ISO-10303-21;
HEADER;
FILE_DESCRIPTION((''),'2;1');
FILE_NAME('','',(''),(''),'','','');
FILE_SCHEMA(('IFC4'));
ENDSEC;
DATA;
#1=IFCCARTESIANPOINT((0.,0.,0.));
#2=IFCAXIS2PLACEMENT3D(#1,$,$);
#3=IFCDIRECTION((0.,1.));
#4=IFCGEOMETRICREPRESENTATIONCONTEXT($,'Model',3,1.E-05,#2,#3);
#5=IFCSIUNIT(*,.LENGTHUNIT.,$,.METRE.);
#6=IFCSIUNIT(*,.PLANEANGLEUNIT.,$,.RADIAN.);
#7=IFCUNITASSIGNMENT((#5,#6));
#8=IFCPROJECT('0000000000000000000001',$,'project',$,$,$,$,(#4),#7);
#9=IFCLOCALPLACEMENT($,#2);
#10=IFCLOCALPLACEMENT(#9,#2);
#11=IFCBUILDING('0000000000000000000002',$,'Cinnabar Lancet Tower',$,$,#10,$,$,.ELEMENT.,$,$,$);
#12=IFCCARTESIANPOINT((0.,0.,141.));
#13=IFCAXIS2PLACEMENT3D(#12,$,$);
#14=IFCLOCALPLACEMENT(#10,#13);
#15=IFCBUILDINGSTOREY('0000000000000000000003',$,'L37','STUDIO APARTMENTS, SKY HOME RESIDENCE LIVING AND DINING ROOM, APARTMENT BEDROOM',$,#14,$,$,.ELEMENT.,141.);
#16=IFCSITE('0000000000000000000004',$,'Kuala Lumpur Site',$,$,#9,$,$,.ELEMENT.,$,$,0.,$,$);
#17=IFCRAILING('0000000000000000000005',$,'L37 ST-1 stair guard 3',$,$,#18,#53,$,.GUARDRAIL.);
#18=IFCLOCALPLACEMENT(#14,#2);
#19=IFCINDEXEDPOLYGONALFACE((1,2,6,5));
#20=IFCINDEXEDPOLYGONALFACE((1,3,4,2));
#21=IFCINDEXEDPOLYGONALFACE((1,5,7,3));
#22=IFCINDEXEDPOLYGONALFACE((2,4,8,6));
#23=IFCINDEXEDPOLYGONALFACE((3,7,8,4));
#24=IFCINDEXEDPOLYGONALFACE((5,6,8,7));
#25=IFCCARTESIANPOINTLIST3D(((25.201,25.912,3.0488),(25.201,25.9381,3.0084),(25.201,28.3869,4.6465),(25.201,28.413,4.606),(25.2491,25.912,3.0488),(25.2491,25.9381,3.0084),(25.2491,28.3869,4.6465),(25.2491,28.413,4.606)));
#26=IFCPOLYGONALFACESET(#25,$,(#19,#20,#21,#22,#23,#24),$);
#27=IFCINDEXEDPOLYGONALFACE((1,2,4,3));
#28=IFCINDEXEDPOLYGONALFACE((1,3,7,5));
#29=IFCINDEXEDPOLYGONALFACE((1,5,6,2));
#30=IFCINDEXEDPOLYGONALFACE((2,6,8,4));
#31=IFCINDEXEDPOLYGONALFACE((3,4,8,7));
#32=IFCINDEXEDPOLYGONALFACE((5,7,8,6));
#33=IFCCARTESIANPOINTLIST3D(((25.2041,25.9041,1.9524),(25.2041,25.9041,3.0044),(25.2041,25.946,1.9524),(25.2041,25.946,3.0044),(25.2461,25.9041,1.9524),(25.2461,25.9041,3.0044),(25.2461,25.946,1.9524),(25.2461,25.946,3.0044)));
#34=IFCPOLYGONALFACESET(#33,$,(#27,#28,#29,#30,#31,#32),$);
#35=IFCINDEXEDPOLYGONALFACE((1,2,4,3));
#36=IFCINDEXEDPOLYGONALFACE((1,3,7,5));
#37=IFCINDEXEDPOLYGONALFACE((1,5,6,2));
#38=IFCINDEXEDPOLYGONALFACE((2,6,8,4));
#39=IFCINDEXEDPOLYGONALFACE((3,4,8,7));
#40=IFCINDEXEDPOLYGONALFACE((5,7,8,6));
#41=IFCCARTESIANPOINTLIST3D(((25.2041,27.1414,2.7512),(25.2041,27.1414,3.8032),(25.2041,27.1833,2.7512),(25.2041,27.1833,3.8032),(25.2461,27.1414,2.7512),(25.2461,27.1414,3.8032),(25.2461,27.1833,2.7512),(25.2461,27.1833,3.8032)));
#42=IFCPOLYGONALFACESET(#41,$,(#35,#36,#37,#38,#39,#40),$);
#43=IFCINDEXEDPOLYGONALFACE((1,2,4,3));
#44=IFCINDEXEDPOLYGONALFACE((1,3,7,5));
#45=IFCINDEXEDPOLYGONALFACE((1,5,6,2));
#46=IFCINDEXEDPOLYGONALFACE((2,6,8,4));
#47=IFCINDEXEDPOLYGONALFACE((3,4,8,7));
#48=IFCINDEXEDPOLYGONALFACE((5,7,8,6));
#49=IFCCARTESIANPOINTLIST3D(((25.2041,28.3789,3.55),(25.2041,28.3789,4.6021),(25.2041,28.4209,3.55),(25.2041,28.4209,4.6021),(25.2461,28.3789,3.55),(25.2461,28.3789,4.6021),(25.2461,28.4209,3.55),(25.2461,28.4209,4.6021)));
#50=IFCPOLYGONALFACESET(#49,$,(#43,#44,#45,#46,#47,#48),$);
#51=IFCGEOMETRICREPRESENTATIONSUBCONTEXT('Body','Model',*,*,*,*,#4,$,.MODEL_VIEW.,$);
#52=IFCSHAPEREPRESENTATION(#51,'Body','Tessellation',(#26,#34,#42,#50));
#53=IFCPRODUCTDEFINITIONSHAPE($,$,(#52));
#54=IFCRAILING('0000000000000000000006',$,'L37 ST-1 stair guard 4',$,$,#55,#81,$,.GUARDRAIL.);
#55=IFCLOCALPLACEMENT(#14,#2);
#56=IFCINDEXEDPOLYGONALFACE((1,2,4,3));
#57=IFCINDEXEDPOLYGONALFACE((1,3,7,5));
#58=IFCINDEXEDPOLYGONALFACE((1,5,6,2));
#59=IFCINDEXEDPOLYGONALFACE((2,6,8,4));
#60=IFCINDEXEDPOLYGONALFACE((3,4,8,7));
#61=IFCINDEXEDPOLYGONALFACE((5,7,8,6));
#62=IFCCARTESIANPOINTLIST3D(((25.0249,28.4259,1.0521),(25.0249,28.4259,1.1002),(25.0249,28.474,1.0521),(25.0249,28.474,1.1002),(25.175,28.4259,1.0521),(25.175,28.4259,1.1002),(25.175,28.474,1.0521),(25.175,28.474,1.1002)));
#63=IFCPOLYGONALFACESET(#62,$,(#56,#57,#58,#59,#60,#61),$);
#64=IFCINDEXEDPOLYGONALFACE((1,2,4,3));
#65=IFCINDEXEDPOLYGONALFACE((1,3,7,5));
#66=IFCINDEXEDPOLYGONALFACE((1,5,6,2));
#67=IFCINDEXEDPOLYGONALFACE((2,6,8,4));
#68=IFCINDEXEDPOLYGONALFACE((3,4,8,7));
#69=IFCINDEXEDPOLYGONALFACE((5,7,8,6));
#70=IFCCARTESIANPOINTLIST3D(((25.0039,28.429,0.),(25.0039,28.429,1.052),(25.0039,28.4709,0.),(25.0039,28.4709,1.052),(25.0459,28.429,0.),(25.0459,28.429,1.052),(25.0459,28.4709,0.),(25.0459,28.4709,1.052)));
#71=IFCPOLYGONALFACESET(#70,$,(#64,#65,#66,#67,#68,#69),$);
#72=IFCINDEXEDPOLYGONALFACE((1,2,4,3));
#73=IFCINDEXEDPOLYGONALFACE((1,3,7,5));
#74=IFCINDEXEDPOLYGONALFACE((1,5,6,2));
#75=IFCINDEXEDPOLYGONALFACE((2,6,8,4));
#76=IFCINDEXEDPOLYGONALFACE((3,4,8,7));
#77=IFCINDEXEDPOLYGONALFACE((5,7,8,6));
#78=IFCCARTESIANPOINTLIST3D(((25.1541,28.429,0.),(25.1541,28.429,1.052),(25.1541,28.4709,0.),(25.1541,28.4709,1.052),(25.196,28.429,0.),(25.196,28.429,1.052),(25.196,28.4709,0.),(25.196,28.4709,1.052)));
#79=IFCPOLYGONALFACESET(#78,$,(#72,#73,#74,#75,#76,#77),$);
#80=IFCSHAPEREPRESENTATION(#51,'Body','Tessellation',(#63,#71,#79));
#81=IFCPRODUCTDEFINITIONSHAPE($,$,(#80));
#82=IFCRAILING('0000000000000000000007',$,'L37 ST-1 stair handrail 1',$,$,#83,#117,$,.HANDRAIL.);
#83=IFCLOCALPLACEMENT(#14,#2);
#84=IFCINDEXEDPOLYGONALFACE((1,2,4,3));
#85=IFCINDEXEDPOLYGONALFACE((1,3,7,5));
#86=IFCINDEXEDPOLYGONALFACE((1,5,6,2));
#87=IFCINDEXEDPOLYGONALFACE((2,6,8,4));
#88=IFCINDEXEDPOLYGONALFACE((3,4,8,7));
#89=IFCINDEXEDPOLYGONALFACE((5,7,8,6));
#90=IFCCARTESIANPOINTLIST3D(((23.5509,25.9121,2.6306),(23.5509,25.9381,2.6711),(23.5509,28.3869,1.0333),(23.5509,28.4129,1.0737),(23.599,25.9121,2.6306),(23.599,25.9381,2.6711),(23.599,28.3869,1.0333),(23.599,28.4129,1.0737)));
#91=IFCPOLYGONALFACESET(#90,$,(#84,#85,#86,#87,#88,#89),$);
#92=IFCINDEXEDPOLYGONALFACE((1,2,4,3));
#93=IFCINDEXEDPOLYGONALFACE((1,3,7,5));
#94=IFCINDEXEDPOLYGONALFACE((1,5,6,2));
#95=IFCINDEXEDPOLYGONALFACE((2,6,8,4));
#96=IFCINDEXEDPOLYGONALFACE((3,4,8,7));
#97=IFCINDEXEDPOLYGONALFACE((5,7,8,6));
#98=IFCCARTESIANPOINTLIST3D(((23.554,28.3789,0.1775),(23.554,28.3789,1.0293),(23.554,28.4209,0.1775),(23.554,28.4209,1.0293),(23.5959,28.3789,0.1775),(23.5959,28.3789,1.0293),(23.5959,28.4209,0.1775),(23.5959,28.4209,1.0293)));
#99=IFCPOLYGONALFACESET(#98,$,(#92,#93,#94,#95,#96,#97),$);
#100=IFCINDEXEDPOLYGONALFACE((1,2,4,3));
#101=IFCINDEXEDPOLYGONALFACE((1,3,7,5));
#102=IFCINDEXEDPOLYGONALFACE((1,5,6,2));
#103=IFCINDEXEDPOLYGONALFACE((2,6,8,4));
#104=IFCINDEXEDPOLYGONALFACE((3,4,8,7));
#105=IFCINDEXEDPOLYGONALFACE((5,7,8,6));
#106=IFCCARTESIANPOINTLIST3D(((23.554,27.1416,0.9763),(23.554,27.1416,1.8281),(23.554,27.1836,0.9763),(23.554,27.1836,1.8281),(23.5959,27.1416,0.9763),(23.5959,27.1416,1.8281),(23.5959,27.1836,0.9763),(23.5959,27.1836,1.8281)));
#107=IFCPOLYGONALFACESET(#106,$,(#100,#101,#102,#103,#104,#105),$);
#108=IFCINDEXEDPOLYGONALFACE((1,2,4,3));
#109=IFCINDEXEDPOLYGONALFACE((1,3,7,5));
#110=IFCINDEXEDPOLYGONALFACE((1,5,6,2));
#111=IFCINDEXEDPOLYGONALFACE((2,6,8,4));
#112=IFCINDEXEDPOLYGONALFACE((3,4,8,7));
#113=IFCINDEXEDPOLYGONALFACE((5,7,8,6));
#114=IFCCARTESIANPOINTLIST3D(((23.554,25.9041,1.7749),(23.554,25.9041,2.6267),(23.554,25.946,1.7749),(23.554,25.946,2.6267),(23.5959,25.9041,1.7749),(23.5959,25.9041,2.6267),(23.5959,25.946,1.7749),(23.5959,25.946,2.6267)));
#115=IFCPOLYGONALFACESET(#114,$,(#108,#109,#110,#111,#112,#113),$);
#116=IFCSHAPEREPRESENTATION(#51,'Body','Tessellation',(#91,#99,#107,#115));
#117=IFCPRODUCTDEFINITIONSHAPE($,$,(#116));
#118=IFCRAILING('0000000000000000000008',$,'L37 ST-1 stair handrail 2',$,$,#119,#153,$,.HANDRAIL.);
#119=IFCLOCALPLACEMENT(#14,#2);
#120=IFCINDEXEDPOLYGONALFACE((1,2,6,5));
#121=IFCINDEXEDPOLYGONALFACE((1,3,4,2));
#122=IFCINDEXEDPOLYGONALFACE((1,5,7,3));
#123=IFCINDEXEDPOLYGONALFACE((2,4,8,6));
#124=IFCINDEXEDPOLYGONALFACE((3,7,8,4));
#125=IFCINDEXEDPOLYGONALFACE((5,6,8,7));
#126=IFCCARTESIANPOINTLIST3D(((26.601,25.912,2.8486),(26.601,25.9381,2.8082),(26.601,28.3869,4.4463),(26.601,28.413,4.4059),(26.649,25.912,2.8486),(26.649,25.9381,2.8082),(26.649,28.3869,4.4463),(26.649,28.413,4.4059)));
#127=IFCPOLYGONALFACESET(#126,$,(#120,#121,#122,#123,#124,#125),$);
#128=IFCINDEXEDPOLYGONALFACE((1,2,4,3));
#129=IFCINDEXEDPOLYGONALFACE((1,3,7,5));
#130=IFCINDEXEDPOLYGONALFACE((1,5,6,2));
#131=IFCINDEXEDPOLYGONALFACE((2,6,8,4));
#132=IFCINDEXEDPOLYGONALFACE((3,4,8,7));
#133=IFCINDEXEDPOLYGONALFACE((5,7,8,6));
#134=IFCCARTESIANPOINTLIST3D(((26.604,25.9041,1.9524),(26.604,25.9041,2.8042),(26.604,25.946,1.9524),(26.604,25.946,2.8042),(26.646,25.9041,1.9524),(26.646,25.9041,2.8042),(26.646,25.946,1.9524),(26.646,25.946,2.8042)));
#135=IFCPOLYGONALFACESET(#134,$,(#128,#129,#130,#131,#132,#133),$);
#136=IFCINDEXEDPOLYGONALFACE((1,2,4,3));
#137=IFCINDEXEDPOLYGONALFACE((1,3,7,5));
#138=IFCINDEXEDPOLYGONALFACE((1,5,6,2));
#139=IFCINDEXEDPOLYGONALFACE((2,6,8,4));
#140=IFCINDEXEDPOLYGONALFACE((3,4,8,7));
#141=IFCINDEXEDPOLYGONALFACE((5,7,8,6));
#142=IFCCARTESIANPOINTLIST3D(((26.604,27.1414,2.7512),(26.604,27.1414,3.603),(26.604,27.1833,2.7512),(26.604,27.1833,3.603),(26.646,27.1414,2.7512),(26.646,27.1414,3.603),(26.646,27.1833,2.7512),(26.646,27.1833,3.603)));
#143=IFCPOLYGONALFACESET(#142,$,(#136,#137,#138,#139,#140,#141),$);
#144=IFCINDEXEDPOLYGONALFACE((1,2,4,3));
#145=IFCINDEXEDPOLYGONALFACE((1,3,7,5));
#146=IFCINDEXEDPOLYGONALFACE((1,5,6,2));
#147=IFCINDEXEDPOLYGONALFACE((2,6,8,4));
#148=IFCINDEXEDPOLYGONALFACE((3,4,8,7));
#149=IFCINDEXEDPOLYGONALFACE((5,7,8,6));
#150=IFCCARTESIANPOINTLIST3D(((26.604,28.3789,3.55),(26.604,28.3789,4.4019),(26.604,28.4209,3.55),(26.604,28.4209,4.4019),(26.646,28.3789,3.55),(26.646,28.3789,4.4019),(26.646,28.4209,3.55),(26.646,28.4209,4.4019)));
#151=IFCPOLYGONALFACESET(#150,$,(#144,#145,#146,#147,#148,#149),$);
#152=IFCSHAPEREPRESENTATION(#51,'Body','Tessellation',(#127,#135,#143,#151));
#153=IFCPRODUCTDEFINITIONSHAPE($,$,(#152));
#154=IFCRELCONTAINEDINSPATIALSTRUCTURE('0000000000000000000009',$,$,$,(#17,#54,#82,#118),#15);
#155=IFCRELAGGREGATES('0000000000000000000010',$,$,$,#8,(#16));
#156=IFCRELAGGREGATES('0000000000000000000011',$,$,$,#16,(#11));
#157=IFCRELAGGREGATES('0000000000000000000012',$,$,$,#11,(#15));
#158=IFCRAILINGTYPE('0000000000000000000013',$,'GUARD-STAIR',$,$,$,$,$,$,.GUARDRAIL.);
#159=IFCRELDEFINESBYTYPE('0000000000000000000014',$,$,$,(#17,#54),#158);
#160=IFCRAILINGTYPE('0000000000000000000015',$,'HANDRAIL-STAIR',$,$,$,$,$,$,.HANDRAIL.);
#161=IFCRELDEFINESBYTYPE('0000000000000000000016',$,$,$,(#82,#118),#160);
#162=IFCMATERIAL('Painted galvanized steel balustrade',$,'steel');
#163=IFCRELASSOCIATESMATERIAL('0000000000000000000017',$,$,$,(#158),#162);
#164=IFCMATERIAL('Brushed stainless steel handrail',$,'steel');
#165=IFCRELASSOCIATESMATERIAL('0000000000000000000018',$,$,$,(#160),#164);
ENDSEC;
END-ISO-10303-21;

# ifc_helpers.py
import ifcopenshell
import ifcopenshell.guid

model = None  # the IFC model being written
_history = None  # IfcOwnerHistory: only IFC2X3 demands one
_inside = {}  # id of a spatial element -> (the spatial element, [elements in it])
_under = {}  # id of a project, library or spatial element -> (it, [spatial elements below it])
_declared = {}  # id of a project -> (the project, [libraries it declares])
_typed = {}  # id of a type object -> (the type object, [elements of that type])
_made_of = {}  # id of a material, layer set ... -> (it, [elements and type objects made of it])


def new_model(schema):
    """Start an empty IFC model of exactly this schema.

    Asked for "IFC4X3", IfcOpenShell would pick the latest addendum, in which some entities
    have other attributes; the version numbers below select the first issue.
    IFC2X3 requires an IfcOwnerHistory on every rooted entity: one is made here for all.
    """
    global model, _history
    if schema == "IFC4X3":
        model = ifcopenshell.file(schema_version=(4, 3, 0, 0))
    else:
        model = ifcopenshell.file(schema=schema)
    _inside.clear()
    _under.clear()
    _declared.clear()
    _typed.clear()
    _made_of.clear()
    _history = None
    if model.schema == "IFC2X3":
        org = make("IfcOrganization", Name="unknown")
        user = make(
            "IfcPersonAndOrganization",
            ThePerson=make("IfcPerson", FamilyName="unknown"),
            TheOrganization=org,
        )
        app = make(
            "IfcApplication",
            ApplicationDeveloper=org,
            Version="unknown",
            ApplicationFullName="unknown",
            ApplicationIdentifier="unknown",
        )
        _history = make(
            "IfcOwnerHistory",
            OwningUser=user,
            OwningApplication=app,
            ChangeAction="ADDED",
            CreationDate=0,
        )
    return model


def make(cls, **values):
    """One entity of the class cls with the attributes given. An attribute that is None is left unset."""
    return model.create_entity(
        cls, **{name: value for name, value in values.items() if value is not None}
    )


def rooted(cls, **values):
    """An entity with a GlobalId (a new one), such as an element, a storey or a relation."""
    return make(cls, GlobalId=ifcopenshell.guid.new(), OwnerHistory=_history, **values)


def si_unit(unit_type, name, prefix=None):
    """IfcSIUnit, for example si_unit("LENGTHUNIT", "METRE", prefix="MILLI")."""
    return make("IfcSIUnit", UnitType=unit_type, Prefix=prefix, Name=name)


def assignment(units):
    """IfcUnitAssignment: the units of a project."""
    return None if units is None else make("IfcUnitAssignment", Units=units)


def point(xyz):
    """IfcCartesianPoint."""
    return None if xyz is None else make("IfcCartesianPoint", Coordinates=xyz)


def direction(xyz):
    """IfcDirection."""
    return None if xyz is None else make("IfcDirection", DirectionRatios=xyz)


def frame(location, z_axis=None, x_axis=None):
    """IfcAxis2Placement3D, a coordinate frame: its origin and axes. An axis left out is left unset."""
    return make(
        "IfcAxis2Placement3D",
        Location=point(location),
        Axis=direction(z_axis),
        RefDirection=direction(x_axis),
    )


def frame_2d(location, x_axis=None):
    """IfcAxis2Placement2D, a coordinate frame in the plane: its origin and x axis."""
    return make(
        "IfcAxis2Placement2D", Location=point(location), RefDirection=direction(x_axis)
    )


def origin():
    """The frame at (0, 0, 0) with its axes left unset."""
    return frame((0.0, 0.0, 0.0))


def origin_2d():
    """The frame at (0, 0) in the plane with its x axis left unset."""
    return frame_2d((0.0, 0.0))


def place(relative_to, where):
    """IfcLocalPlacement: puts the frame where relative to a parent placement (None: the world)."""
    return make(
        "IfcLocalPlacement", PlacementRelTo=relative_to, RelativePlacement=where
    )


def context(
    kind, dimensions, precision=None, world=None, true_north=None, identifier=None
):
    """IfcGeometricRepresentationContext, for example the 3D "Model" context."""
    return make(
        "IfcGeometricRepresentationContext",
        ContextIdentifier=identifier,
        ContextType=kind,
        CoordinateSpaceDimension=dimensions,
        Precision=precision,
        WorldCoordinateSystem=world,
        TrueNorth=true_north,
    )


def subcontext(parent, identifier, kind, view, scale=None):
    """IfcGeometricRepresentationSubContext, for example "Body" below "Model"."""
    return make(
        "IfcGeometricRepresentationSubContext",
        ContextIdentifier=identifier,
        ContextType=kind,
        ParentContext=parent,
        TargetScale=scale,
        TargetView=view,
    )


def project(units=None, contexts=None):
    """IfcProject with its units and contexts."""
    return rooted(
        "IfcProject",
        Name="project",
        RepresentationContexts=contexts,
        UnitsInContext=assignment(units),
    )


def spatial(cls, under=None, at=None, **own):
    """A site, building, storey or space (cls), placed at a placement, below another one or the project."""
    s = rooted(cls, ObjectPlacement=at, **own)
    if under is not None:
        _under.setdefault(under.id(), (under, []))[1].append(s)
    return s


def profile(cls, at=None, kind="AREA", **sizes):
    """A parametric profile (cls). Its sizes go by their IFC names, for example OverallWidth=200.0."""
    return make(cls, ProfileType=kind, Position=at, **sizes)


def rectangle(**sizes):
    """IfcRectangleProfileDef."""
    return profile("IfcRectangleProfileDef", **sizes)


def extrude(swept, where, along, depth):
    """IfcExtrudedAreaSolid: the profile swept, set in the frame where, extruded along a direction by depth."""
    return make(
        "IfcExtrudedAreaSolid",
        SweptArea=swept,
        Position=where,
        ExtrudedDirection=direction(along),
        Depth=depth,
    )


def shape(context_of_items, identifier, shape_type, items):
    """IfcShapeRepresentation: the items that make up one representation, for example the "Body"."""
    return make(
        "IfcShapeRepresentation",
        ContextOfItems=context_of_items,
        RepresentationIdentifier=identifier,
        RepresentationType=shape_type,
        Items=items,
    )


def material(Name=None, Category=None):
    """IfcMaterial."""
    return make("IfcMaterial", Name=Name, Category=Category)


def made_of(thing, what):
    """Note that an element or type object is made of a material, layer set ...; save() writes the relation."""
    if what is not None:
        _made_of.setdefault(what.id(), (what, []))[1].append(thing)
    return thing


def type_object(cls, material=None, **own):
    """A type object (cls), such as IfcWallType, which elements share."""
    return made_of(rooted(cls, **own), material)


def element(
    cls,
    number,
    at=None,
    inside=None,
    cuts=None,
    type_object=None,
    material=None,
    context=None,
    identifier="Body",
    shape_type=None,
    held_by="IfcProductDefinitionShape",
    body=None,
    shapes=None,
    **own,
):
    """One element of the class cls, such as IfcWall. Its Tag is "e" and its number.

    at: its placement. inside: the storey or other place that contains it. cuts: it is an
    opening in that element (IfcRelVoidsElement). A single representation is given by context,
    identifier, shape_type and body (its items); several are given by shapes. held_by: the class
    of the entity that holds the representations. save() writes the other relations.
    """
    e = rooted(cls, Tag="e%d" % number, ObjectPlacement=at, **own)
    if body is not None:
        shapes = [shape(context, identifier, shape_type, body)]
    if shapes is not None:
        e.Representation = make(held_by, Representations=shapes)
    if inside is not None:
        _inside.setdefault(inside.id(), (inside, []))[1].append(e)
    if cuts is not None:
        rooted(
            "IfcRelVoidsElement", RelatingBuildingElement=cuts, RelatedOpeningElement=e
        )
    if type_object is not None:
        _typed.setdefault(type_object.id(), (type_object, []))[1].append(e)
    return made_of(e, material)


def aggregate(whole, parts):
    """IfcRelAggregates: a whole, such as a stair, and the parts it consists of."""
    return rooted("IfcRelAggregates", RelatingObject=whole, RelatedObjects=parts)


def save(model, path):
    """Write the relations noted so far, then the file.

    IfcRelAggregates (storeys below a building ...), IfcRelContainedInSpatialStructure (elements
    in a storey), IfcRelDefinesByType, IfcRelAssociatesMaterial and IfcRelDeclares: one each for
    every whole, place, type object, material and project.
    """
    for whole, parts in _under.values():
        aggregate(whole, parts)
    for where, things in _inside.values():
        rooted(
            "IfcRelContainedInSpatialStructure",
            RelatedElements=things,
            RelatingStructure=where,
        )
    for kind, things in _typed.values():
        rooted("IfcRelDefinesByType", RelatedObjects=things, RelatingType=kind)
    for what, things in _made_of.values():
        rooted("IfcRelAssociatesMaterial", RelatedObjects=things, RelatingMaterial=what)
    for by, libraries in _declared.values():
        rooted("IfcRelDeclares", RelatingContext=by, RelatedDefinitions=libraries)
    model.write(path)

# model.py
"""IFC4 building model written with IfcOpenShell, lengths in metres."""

from ifc_helpers import new_model, si_unit, direction, frame, origin, origin_2d, place, context, subcontext, project, spatial, rectangle, extrude, material, type_object, element, save


model = new_model("IFC4")

# Units and contexts
model_context = context("Model", 3, precision=1e-05, world=origin(), true_north=direction((0.0, 1.0)))
body_context = subcontext(model_context, "Body", "Model", "MODEL_VIEW")
ifc_project = project(units=[si_unit("LENGTHUNIT", "METRE"), si_unit("PLANEANGLEUNIT", "RADIAN")], contexts=[model_context])

# Site, building, storey
site_placement = place(None, origin())
site = spatial("IfcSite", under=ifc_project, at=site_placement, Name="Kuala Lumpur Site", CompositionType="ELEMENT", RefElevation=0.0)
building_placement = place(site_placement, origin())
building = spatial("IfcBuilding", under=site, at=building_placement, Name="Cinnabar Lancet Tower", CompositionType="ELEMENT")
storey_placement = place(building_placement, frame((0.0, 0.0, 141.0)))
storey = spatial("IfcBuildingStorey", under=building, at=storey_placement, Name="L37", Description="STUDIO APARTMENTS, SKY HOME RESIDENCE LIVING AND DINING ROOM, APARTMENT BEDROOM", CompositionType="ELEMENT", Elevation=141.0)

# Railings
ifc_material_1 = material(Name="Painted galvanized steel balustrade", Category="steel")
railing_type_1 = type_object("IfcRailingType", Name="GUARD-STAIR", PredefinedType="GUARDRAIL", material=ifc_material_1)
railing_1_placement = place(storey_placement, frame((25.2251, 25.925, 1.9524)))
element("IfcRailing", 1, at=railing_1_placement, inside=storey, type_object=railing_type_1, Name="L37 ST-1 stair guard 3", PredefinedType="GUARDRAIL", context=body_context, shape_type="SweptSolid", body=[
    extrude(rectangle(XDim=0.0481, YDim=0.0481, at=origin_2d()), frame((0.0, 0.0, 1.0762), z_axis=(0.0, 0.840146, 0.542361), x_axis=(-1.0, 0.0, 0.0)), (0.0, 0.0, 1.0), 2.9458),
    extrude(rectangle(XDim=0.042, YDim=0.042, at=origin_2d()), origin(), (0.0, 0.0, 1.0), 1.052),
    extrude(rectangle(XDim=0.042, YDim=0.042, at=origin_2d()), frame((0.0, 1.2373, 0.7988)), (0.0, 0.0, 1.0), 1.052),
    extrude(rectangle(XDim=0.042, YDim=0.042, at=origin_2d()), frame((0.0, 2.4749, 1.5977)), (0.0, 0.0, 1.0), 1.052),
])
railing_2_placement = place(storey_placement, frame((25.0249, 28.45, 0.0)))
element("IfcRailing", 2, at=railing_2_placement, inside=storey, type_object=railing_type_1, Name="L37 ST-1 stair guard 4", PredefinedType="GUARDRAIL", context=body_context, shape_type="SweptSolid", body=[
    extrude(rectangle(XDim=0.0481, YDim=0.0481, at=origin_2d()), frame((0.0, 0.0, 1.0762), z_axis=(1.0, 0.0, 0.0), x_axis=(0.0, 1.0, 0.0)), (0.0, 0.0, 1.0), 0.1501),
    extrude(rectangle(XDim=0.042, YDim=0.042, at=origin_2d()), origin(), (0.0, 0.0, 1.0), 1.052),
    extrude(rectangle(XDim=0.042, YDim=0.042, at=origin_2d()), frame((0.1501, 0.0, 0.0)), (0.0, 0.0, 1.0), 1.052),
])
ifc_material_2 = material(Name="Brushed stainless steel handrail", Category="steel")
railing_type_2 = type_object("IfcRailingType", Name="HANDRAIL-STAIR", PredefinedType="HANDRAIL", material=ifc_material_2)
railing_3_placement = place(storey_placement, frame((23.575, 28.3999, 0.1775)))
element("IfcRailing", 3, at=railing_3_placement, inside=storey, type_object=railing_type_2, Name="L37 ST-1 stair handrail 1", PredefinedType="HANDRAIL", context=body_context, shape_type="SweptSolid", body=[
    extrude(rectangle(XDim=0.0481, YDim=0.0481, at=origin_2d()), frame((0.0, 0.0, 0.876), z_axis=(0.0, -0.840183, 0.542302), x_axis=(1.0, 0.0, 0.0)), (0.0, 0.0, 1.0), 2.9456),
    extrude(rectangle(XDim=0.042, YDim=0.042, at=origin_2d()), origin(), (0.0, 0.0, 1.0), 0.8518),
    extrude(rectangle(XDim=0.042, YDim=0.042, at=origin_2d()), frame((0.0, -1.2373, 0.7988)), (0.0, 0.0, 1.0), 0.8518),
    extrude(rectangle(XDim=0.042, YDim=0.042, at=origin_2d()), frame((0.0, -2.4749, 1.5974)), (0.0, 0.0, 1.0), 0.8518),
])
railing_4_placement = place(storey_placement, frame((26.625, 25.925, 1.9524)))
element("IfcRailing", 4, at=railing_4_placement, inside=storey, type_object=railing_type_2, Name="L37 ST-1 stair handrail 2", PredefinedType="HANDRAIL", context=body_context, shape_type="SweptSolid", body=[
    extrude(rectangle(XDim=0.0481, YDim=0.0481, at=origin_2d()), frame((0.0, 0.0, 0.876), z_axis=(0.0, 0.840146, 0.542361), x_axis=(-1.0, 0.0, 0.0)), (0.0, 0.0, 1.0), 2.9458),
    extrude(rectangle(XDim=0.042, YDim=0.042, at=origin_2d()), origin(), (0.0, 0.0, 1.0), 0.8518),
    extrude(rectangle(XDim=0.042, YDim=0.042, at=origin_2d()), frame((0.0, 1.2373, 0.7988)), (0.0, 0.0, 1.0), 0.8518),
    extrude(rectangle(XDim=0.042, YDim=0.042, at=origin_2d()), frame((0.0, 2.4749, 1.5977)), (0.0, 0.0, 1.0), 0.8518),
])

save(model, "model.ifc")
